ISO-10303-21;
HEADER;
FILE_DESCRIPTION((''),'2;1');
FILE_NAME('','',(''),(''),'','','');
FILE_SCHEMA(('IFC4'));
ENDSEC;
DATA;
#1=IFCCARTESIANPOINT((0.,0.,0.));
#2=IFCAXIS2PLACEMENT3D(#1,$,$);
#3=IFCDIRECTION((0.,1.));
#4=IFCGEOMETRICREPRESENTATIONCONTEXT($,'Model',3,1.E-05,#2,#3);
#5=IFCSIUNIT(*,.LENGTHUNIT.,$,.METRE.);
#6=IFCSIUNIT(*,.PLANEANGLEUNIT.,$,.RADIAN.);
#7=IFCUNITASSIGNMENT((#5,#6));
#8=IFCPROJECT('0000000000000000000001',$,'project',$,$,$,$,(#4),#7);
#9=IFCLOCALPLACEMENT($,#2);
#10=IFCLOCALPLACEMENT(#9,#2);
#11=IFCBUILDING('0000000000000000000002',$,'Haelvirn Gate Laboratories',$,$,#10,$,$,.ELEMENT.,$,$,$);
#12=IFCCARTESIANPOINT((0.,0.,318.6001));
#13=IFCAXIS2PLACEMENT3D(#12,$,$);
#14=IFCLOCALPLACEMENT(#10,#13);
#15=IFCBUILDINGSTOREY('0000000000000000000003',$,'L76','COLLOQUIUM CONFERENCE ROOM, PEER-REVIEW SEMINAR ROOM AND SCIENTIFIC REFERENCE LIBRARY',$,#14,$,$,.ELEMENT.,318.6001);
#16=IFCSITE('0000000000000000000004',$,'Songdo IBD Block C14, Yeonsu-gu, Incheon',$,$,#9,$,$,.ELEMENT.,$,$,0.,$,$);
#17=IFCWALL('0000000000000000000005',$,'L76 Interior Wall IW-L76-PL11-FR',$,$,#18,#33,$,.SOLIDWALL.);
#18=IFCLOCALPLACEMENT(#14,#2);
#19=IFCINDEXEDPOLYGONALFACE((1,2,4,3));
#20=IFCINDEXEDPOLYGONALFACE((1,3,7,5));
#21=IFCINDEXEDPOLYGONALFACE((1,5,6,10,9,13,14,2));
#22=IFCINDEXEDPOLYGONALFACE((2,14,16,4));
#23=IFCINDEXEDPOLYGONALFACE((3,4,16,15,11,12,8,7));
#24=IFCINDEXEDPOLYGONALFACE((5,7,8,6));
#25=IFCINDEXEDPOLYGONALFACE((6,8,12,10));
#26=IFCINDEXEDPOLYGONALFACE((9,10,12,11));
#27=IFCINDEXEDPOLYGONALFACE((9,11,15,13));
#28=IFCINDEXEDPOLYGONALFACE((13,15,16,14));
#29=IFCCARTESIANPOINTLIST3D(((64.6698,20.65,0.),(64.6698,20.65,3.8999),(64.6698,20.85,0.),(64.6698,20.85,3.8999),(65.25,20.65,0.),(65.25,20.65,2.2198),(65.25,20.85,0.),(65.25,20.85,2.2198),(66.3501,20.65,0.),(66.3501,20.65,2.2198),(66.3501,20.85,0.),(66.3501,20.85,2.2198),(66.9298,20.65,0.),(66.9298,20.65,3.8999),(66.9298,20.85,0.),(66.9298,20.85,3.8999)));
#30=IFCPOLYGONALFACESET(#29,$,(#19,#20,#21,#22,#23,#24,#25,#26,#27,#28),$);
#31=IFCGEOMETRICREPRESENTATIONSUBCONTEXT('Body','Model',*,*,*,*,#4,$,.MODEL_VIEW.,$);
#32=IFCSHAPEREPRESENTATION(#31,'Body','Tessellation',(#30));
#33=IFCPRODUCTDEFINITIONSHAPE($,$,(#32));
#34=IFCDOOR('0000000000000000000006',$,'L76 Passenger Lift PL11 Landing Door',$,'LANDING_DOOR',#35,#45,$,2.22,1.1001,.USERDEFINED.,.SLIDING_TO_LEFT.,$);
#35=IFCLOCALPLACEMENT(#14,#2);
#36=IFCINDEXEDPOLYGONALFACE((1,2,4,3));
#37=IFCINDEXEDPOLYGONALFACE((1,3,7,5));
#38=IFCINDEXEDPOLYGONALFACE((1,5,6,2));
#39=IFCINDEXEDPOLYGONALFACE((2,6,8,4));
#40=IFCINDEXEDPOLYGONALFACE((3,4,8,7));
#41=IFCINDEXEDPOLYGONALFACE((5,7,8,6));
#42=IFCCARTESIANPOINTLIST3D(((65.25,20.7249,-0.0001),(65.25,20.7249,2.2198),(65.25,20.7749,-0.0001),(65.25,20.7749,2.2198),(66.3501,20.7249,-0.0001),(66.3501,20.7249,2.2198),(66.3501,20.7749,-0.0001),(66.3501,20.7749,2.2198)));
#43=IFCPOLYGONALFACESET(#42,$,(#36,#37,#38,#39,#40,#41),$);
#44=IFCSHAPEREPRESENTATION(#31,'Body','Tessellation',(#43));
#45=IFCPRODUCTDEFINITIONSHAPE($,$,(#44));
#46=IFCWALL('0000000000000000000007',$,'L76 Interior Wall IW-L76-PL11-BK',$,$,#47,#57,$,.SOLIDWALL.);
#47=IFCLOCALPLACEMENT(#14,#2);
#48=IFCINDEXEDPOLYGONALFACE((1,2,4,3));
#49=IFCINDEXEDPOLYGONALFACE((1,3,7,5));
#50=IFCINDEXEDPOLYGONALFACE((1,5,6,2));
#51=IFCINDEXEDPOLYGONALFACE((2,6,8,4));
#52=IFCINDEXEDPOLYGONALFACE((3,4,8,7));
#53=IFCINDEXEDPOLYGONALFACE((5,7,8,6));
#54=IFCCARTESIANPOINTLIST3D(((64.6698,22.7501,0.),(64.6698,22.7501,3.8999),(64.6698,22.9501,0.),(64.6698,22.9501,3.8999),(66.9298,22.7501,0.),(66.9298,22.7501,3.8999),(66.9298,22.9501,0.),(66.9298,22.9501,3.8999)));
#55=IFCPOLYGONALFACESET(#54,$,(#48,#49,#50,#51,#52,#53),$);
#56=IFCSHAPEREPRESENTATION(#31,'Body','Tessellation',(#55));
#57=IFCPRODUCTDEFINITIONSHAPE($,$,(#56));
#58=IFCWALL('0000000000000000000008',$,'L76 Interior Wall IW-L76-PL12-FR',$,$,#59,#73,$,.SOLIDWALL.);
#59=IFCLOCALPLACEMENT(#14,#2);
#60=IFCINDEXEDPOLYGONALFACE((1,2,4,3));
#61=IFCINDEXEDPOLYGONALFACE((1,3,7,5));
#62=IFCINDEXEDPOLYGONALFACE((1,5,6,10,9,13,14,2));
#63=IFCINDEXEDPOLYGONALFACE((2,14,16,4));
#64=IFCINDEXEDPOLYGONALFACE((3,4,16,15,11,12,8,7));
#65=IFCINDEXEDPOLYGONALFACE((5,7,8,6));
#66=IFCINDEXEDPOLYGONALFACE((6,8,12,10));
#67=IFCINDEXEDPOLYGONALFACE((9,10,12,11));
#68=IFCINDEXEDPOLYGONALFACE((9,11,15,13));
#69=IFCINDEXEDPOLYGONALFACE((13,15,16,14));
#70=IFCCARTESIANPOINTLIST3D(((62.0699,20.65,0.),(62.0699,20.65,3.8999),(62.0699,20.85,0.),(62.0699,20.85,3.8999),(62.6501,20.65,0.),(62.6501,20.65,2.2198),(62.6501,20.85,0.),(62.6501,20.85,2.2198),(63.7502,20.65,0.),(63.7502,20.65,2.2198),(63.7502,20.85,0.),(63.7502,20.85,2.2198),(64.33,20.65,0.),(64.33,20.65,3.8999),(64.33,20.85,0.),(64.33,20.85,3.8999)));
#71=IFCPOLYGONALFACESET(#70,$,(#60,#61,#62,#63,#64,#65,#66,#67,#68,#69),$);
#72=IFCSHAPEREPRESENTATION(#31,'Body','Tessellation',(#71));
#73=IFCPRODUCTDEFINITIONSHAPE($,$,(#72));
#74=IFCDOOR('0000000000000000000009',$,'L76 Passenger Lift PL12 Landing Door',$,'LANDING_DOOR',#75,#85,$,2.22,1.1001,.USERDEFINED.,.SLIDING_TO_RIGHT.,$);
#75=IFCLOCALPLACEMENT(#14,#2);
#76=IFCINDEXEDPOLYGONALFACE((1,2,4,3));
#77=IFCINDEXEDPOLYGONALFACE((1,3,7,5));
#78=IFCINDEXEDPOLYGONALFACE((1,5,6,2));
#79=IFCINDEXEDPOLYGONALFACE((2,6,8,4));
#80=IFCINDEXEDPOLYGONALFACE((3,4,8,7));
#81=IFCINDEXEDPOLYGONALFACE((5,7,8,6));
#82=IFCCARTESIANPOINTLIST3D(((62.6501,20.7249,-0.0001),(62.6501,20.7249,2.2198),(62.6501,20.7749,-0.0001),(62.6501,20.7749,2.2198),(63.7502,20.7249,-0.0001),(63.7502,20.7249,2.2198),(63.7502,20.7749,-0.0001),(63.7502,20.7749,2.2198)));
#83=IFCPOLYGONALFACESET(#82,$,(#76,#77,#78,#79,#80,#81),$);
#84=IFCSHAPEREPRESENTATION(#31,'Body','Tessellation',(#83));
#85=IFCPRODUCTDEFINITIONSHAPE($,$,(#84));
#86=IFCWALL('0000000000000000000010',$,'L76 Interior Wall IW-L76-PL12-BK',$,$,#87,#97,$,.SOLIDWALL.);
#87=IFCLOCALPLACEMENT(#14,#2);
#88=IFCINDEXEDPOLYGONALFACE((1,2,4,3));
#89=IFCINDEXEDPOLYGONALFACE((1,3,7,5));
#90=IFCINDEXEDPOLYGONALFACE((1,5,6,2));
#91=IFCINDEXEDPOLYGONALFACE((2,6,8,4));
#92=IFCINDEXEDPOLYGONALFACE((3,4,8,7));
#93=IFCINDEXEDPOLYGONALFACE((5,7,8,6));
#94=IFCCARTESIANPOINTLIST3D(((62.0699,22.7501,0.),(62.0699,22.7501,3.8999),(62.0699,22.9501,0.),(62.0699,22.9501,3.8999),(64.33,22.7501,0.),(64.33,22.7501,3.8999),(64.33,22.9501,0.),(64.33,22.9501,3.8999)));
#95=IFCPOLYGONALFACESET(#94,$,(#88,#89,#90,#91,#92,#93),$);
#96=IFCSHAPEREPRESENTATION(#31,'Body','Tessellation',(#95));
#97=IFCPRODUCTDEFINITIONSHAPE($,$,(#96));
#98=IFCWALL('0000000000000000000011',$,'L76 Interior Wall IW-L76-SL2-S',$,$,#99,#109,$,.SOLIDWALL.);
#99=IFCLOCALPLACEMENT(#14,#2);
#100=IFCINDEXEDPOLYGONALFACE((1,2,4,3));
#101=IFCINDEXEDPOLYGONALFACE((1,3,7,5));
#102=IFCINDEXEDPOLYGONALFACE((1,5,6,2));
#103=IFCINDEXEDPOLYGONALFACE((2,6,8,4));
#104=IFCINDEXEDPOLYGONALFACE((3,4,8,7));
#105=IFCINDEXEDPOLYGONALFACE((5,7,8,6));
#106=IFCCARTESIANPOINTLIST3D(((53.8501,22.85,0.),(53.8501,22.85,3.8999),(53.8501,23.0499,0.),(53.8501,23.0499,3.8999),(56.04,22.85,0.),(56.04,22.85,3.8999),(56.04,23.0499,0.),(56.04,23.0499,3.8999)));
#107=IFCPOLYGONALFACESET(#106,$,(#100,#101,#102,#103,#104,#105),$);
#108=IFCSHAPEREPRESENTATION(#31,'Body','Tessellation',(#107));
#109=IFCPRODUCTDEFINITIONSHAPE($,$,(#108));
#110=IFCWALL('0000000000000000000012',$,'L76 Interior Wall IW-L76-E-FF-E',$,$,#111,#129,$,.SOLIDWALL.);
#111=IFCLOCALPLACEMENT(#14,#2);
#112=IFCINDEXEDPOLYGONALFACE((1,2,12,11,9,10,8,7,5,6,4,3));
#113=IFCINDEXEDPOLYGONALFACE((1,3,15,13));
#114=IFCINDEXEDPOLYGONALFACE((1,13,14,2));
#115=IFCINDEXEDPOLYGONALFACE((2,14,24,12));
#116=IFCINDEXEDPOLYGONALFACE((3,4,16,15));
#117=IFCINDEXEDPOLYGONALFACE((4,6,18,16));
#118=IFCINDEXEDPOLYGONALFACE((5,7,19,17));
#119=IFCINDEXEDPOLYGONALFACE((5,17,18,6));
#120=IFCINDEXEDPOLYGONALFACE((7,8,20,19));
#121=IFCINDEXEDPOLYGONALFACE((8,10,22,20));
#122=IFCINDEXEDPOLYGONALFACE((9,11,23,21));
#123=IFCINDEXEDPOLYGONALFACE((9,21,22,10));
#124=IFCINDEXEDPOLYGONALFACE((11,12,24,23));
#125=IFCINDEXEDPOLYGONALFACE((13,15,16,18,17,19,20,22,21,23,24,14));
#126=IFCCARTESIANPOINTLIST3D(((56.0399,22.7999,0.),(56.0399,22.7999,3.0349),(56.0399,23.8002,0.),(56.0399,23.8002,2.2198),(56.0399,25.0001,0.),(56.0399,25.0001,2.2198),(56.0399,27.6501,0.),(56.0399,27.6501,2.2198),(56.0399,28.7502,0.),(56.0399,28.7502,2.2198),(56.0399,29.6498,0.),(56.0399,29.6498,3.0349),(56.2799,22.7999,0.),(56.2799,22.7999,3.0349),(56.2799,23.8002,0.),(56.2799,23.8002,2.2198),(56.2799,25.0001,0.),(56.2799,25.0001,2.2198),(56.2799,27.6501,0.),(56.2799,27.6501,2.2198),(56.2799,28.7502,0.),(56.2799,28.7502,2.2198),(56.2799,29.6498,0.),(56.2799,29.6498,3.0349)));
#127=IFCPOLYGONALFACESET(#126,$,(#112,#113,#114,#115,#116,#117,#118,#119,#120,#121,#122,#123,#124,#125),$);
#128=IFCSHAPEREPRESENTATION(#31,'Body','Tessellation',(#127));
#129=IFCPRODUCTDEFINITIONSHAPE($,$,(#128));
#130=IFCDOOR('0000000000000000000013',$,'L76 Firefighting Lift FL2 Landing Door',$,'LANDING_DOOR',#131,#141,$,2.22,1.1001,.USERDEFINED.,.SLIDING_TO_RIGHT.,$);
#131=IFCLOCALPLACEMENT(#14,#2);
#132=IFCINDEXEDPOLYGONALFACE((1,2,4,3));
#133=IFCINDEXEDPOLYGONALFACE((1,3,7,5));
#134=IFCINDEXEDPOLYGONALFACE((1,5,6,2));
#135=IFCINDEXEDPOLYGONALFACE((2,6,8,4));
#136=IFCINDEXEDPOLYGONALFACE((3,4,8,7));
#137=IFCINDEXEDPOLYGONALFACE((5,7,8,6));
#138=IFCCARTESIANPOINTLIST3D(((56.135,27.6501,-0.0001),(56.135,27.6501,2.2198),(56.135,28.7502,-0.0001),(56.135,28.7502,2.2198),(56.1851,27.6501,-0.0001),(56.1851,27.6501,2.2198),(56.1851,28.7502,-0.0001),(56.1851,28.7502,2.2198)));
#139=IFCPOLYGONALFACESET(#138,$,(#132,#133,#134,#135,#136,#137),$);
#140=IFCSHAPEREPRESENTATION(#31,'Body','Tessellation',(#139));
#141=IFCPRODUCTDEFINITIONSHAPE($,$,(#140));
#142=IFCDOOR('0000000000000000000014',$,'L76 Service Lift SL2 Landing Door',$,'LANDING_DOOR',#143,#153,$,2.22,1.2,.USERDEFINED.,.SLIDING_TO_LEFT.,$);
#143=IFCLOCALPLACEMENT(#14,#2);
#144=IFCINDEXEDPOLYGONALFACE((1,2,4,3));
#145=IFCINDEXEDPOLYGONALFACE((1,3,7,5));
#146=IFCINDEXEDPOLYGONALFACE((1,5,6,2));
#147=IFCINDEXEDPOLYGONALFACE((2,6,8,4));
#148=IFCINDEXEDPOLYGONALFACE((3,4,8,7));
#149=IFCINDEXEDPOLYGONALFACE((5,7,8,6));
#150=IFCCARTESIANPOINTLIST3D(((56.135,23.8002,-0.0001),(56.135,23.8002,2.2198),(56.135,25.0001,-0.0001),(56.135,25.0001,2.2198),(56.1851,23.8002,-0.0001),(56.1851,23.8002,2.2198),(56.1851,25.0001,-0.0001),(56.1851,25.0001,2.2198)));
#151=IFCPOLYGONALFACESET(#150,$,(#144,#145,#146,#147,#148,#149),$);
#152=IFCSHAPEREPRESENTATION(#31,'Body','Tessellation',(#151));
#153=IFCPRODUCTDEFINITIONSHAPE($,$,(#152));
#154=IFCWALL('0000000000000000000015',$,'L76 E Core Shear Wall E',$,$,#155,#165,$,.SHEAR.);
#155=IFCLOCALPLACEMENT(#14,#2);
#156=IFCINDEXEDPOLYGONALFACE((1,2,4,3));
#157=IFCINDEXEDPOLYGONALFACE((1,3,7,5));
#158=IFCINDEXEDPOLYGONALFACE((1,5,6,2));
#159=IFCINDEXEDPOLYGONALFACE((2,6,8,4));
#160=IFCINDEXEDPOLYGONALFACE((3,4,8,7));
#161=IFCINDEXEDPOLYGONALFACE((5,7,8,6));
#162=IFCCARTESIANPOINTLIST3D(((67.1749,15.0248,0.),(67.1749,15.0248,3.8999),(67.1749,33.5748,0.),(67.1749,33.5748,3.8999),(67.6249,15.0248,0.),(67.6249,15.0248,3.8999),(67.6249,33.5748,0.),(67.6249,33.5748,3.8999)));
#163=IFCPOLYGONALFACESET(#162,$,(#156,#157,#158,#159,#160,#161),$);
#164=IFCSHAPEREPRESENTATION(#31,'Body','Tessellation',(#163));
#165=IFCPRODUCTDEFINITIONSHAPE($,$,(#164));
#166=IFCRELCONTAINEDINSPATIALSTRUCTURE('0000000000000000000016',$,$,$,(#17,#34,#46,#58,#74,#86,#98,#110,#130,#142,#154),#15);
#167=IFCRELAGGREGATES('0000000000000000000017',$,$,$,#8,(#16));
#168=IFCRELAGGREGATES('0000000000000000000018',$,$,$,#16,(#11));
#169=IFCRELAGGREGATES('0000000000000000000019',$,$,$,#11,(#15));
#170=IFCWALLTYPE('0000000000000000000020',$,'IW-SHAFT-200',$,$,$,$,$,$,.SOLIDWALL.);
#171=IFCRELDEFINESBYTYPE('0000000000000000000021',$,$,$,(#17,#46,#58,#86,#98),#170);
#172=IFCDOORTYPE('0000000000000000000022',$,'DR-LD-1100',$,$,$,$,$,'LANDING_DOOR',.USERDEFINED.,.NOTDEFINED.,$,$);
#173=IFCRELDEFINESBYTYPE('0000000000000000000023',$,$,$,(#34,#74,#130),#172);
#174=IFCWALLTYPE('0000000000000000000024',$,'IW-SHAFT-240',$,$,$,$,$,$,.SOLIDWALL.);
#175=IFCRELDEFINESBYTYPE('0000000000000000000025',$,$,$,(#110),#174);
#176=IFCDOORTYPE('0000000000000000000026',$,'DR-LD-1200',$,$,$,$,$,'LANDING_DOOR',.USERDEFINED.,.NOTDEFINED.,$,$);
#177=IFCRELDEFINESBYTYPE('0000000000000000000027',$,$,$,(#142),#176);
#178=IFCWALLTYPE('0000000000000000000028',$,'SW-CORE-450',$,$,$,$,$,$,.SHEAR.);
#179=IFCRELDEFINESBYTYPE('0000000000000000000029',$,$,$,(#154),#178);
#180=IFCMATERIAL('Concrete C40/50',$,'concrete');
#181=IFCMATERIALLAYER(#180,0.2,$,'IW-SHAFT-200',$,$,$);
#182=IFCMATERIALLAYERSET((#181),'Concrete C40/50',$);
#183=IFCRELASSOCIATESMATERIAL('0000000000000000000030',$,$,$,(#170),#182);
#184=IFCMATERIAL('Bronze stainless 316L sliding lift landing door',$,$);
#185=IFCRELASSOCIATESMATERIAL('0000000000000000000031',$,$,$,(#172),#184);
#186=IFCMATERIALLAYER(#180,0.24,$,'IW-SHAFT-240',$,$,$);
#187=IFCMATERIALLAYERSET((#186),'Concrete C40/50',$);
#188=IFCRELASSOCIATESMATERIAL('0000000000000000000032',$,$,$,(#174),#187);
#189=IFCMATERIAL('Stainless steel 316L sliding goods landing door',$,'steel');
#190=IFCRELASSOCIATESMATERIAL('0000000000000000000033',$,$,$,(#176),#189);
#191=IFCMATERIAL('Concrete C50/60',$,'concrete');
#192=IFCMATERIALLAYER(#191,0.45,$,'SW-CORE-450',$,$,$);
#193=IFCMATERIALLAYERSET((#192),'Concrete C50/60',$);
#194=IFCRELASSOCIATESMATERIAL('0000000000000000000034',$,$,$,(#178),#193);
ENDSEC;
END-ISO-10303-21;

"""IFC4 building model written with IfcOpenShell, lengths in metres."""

from ifc_helpers import new_model, si_unit, direction, frame, frame_2d, origin, place, context, subcontext, project, spatial, rectangle, extrude, source, transform, mapped, material, layer, layer_set, type_object, type_shapes, element, fill, save


model = new_model("IFC4")

# Units and contexts
model_context = context("Model", 3, precision=1e-05, world=origin(), true_north=direction((0.0, 1.0)))
body_context = subcontext(model_context, "Body", "Model", "MODEL_VIEW")
ifc_project = project(units=[si_unit("LENGTHUNIT", "METRE"), si_unit("PLANEANGLEUNIT", "RADIAN")], contexts=[model_context])

# Site, building, storey
site_placement = place(None, origin())
site = spatial("IfcSite", under=ifc_project, at=site_placement, Name="Songdo IBD Block C14, Yeonsu-gu, Incheon", CompositionType="ELEMENT", RefElevation=0.0)
building_placement = place(site_placement, origin())
building = spatial("IfcBuilding", under=site, at=building_placement, Name="Haelvirn Gate Laboratories", CompositionType="ELEMENT")
storey_placement = place(building_placement, frame((0.0, 0.0, 318.6001)))
storey = spatial("IfcBuildingStorey", under=building, at=storey_placement, Name="L76", Description="COLLOQUIUM CONFERENCE ROOM, PEER-REVIEW SEMINAR ROOM AND SCIENTIFIC REFERENCE LIBRARY", CompositionType="ELEMENT", Elevation=318.6001)

# Shared definitions
ifc_material_1 = material(Name="Concrete C50/60", Category="concrete")

# Shared definitions
ifc_material_2 = material(Name="Concrete C40/50", Category="concrete")

# Wall, opening, door
ifc_layer_1 = layer(ifc_material_2, 0.2, Name="IW-SHAFT-200")
ifc_layer_set_1 = layer_set([ifc_layer_1], Name="Concrete C40/50")
wall_type_1 = type_object("IfcWallType", Name="IW-SHAFT-200", PredefinedType="SOLIDWALL", material=ifc_layer_set_1)
wall_1_placement = place(storey_placement, frame((64.6699, 20.75, 0.0), z_axis=(0.0, 0.0, 1.0), x_axis=(1.0, 0.0, 0.0)))
wall_1 = element("IfcWall", 1, at=wall_1_placement, inside=storey, type_object=wall_type_1, Name="L76 Interior Wall IW-L76-PL11-FR", PredefinedType="SOLIDWALL", context=body_context, shape_type="SweptSolid", body=[
    extrude(rectangle(XDim=2.26, YDim=0.2, at=frame_2d((1.1299, 0.0))), origin(), (0.0, 0.0, 1.0), 3.8999),
])
opening_1_placement = place(wall_1_placement, frame((0.5801, 0.0, 0.0)))
opening_1 = element("IfcOpeningElement", 2, at=opening_1_placement, cuts=wall_1, PredefinedType="OPENING", context=body_context, shape_type="SweptSolid", body=[
    extrude(rectangle(XDim=1.1001, YDim=2.22, at=frame_2d((0.55, 1.1099))), frame((0.0, 0.1099, 0.0), z_axis=(0.0, -1.0, 0.0), x_axis=(1.0, 0.0, 0.0)), (0.0, 0.0, 1.0), 0.22),
])
ifc_material_3 = material(Name="Bronze stainless 316L sliding lift landing door")
door_type_1 = type_object("IfcDoorType", Name="DR-LD-1100", ElementType="LANDING_DOOR", OperationType="NOTDEFINED", PredefinedType="USERDEFINED", material=ifc_material_3)
shared_shape_1 = source(origin(), body_context, "Body", "SweptSolid", [
    extrude(rectangle(XDim=1.1001, YDim=2.22, at=frame_2d((0.55, 1.1099))), frame((0.0, 0.0249, 0.0), z_axis=(0.0, -1.0, 0.0), x_axis=(1.0, 0.0, 0.0)), (0.0, 0.0, 1.0), 0.05),
])
type_shapes(door_type_1, [shared_shape_1])
door_1_placement = place(opening_1_placement, origin())
door_1 = element("IfcDoor", 3, at=door_1_placement, inside=storey, type_object=door_type_1, Name="L76 Passenger Lift PL11 Landing Door", ObjectType="LANDING_DOOR", OperationType="SLIDING_TO_LEFT", OverallHeight=2.22, OverallWidth=1.1001, PredefinedType="USERDEFINED", context=body_context, shape_type="MappedRepresentation", body=[
    mapped(shared_shape_1, transform((0.0, 0.0, 0.0), scale=1.0)),
])
fill(opening_1, door_1)

# Wall
wall_2_placement = place(storey_placement, frame((64.6699, 22.8501, 0.0), z_axis=(0.0, 0.0, 1.0), x_axis=(1.0, 0.0, 0.0)))
element("IfcWall", 4, at=wall_2_placement, inside=storey, type_object=wall_type_1, Name="L76 Interior Wall IW-L76-PL11-BK", PredefinedType="SOLIDWALL", context=body_context, shape_type="SweptSolid", body=[
    extrude(rectangle(XDim=2.26, YDim=0.2, at=frame_2d((1.1299, 0.0))), origin(), (0.0, 0.0, 1.0), 3.8999),
])

# Wall, opening, door
wall_3_placement = place(storey_placement, frame((62.0701, 20.75, 0.0), z_axis=(0.0, 0.0, 1.0), x_axis=(1.0, 0.0, 0.0)))
wall_3 = element("IfcWall", 5, at=wall_3_placement, inside=storey, type_object=wall_type_1, Name="L76 Interior Wall IW-L76-PL12-FR", PredefinedType="SOLIDWALL", context=body_context, shape_type="SweptSolid", body=[
    extrude(rectangle(XDim=2.26, YDim=0.2, at=frame_2d((1.1299, 0.0))), origin(), (0.0, 0.0, 1.0), 3.8999),
])
opening_2_placement = place(wall_3_placement, frame((0.5801, 0.0, 0.0)))
opening_2 = element("IfcOpeningElement", 6, at=opening_2_placement, cuts=wall_3, PredefinedType="OPENING", context=body_context, shape_type="SweptSolid", body=[
    extrude(rectangle(XDim=1.1001, YDim=2.22, at=frame_2d((0.55, 1.1099))), frame((0.0, 0.1099, 0.0), z_axis=(0.0, -1.0, 0.0), x_axis=(1.0, 0.0, 0.0)), (0.0, 0.0, 1.0), 0.22),
])
door_2_placement = place(opening_2_placement, origin())
door_2 = element("IfcDoor", 7, at=door_2_placement, inside=storey, type_object=door_type_1, Name="L76 Passenger Lift PL12 Landing Door", ObjectType="LANDING_DOOR", OperationType="SLIDING_TO_RIGHT", OverallHeight=2.22, OverallWidth=1.1001, PredefinedType="USERDEFINED", context=body_context, shape_type="MappedRepresentation", body=[
    mapped(shared_shape_1, transform((0.0, 0.0, 0.0), scale=1.0)),
])
fill(opening_2, door_2)

# Walls
wall_4_placement = place(storey_placement, frame((62.0701, 22.8501, 0.0), z_axis=(0.0, 0.0, 1.0), x_axis=(1.0, 0.0, 0.0)))
element("IfcWall", 8, at=wall_4_placement, inside=storey, type_object=wall_type_1, Name="L76 Interior Wall IW-L76-PL12-BK", PredefinedType="SOLIDWALL", context=body_context, shape_type="SweptSolid", body=[
    extrude(rectangle(XDim=2.26, YDim=0.2, at=frame_2d((1.1299, 0.0))), origin(), (0.0, 0.0, 1.0), 3.8999),
])
wall_5_placement = place(storey_placement, frame((53.8501, 22.95, 0.0), z_axis=(0.0, 0.0, 1.0), x_axis=(1.0, 0.0, 0.0)))
element("IfcWall", 9, at=wall_5_placement, inside=storey, type_object=wall_type_1, Name="L76 Interior Wall IW-L76-SL2-S", PredefinedType="SOLIDWALL", context=body_context, shape_type="SweptSolid", body=[
    extrude(rectangle(XDim=2.1899, YDim=0.2, at=frame_2d((1.095, 0.0))), origin(), (0.0, 0.0, 1.0), 3.8999),
])

# Wall, openings, doors
ifc_layer_2 = layer(ifc_material_2, 0.24, Name="IW-SHAFT-240")
ifc_layer_set_2 = layer_set([ifc_layer_2], Name="Concrete C40/50")
wall_type_2 = type_object("IfcWallType", Name="IW-SHAFT-240", PredefinedType="SOLIDWALL", material=ifc_layer_set_2)
wall_6_placement = place(storey_placement, frame((56.1599, 22.8, 0.0), z_axis=(0.0, 0.0, 1.0), x_axis=(0.0, 1.0, 0.0)))
wall_6 = element("IfcWall", 10, at=wall_6_placement, inside=storey, type_object=wall_type_2, Name="L76 Interior Wall IW-L76-E-FF-E", PredefinedType="SOLIDWALL", context=body_context, shape_type="SweptSolid", body=[
    extrude(rectangle(XDim=6.8499, YDim=0.24, at=frame_2d((3.4248, 0.0))), origin(), (0.0, 0.0, 1.0), 3.0349),
])
opening_3_placement = place(wall_6_placement, frame((4.8501, 0.0, 0.0)))
opening_3 = element("IfcOpeningElement", 11, at=opening_3_placement, cuts=wall_6, PredefinedType="OPENING", context=body_context, shape_type="SweptSolid", body=[
    extrude(rectangle(XDim=1.1001, YDim=2.22, at=frame_2d((0.55, 1.1099))), frame((0.0, 0.1299, 0.0), z_axis=(0.0, -1.0, 0.0), x_axis=(1.0, 0.0, 0.0)), (0.0, 0.0, 1.0), 0.26),
])
opening_4_placement = place(wall_6_placement, frame((1.0, 0.0, 0.0)))
opening_4 = element("IfcOpeningElement", 12, at=opening_4_placement, cuts=wall_6, PredefinedType="OPENING", context=body_context, shape_type="SweptSolid", body=[
    extrude(rectangle(XDim=1.2, YDim=2.22, at=frame_2d((0.6001, 1.1099))), frame((0.0, 0.1299, 0.0), z_axis=(0.0, -1.0, 0.0), x_axis=(1.0, 0.0, 0.0)), (0.0, 0.0, 1.0), 0.26),
])
door_3_placement = place(opening_3_placement, origin())
door_3 = element("IfcDoor", 13, at=door_3_placement, inside=storey, type_object=door_type_1, Name="L76 Firefighting Lift FL2 Landing Door", ObjectType="LANDING_DOOR", OperationType="SLIDING_TO_RIGHT", OverallHeight=2.22, OverallWidth=1.1001, PredefinedType="USERDEFINED", context=body_context, shape_type="MappedRepresentation", body=[
    mapped(shared_shape_1, transform((0.0, 0.0, 0.0), scale=1.0)),
])
fill(opening_3, door_3)
ifc_material_4 = material(Name="Stainless steel 316L sliding goods landing door", Category="steel")
door_type_2 = type_object("IfcDoorType", Name="DR-LD-1200", ElementType="LANDING_DOOR", OperationType="NOTDEFINED", PredefinedType="USERDEFINED", material=ifc_material_4)
shared_shape_2 = source(origin(), body_context, "Body", "SweptSolid", [
    extrude(rectangle(XDim=1.2, YDim=2.22, at=frame_2d((0.6001, 1.1099))), frame((0.0, 0.0249, 0.0), z_axis=(0.0, -1.0, 0.0), x_axis=(1.0, 0.0, 0.0)), (0.0, 0.0, 1.0), 0.05),
])
type_shapes(door_type_2, [shared_shape_2])
door_4_placement = place(opening_4_placement, origin())
door_4 = element("IfcDoor", 14, at=door_4_placement, inside=storey, type_object=door_type_2, Name="L76 Service Lift SL2 Landing Door", ObjectType="LANDING_DOOR", OperationType="SLIDING_TO_LEFT", OverallHeight=2.22, OverallWidth=1.2, PredefinedType="USERDEFINED", context=body_context, shape_type="MappedRepresentation", body=[
    mapped(shared_shape_2, transform((0.0, 0.0, 0.0), scale=1.0)),
])
fill(opening_4, door_4)

# Wall
ifc_layer_3 = layer(ifc_material_1, 0.45, Name="SW-CORE-450")
ifc_layer_set_3 = layer_set([ifc_layer_3], Name="Concrete C50/60")
wall_type_3 = type_object("IfcWallType", Name="SW-CORE-450", PredefinedType="SHEAR", material=ifc_layer_set_3)
wall_7_placement = place(storey_placement, frame((67.3999, 15.0249, 0.0), z_axis=(0.0, 0.0, 1.0), x_axis=(0.0, 1.0, 0.0)))
element("IfcWall", 15, at=wall_7_placement, inside=storey, type_object=wall_type_3, Name="L76 E Core Shear Wall E", PredefinedType="SHEAR", context=body_context, shape_type="SweptSolid", body=[
    extrude(rectangle(XDim=18.55, YDim=0.45, at=frame_2d((9.2749, 0.0))), origin(), (0.0, 0.0, 1.0), 3.8999),
])

save(model, "model.ifc")
